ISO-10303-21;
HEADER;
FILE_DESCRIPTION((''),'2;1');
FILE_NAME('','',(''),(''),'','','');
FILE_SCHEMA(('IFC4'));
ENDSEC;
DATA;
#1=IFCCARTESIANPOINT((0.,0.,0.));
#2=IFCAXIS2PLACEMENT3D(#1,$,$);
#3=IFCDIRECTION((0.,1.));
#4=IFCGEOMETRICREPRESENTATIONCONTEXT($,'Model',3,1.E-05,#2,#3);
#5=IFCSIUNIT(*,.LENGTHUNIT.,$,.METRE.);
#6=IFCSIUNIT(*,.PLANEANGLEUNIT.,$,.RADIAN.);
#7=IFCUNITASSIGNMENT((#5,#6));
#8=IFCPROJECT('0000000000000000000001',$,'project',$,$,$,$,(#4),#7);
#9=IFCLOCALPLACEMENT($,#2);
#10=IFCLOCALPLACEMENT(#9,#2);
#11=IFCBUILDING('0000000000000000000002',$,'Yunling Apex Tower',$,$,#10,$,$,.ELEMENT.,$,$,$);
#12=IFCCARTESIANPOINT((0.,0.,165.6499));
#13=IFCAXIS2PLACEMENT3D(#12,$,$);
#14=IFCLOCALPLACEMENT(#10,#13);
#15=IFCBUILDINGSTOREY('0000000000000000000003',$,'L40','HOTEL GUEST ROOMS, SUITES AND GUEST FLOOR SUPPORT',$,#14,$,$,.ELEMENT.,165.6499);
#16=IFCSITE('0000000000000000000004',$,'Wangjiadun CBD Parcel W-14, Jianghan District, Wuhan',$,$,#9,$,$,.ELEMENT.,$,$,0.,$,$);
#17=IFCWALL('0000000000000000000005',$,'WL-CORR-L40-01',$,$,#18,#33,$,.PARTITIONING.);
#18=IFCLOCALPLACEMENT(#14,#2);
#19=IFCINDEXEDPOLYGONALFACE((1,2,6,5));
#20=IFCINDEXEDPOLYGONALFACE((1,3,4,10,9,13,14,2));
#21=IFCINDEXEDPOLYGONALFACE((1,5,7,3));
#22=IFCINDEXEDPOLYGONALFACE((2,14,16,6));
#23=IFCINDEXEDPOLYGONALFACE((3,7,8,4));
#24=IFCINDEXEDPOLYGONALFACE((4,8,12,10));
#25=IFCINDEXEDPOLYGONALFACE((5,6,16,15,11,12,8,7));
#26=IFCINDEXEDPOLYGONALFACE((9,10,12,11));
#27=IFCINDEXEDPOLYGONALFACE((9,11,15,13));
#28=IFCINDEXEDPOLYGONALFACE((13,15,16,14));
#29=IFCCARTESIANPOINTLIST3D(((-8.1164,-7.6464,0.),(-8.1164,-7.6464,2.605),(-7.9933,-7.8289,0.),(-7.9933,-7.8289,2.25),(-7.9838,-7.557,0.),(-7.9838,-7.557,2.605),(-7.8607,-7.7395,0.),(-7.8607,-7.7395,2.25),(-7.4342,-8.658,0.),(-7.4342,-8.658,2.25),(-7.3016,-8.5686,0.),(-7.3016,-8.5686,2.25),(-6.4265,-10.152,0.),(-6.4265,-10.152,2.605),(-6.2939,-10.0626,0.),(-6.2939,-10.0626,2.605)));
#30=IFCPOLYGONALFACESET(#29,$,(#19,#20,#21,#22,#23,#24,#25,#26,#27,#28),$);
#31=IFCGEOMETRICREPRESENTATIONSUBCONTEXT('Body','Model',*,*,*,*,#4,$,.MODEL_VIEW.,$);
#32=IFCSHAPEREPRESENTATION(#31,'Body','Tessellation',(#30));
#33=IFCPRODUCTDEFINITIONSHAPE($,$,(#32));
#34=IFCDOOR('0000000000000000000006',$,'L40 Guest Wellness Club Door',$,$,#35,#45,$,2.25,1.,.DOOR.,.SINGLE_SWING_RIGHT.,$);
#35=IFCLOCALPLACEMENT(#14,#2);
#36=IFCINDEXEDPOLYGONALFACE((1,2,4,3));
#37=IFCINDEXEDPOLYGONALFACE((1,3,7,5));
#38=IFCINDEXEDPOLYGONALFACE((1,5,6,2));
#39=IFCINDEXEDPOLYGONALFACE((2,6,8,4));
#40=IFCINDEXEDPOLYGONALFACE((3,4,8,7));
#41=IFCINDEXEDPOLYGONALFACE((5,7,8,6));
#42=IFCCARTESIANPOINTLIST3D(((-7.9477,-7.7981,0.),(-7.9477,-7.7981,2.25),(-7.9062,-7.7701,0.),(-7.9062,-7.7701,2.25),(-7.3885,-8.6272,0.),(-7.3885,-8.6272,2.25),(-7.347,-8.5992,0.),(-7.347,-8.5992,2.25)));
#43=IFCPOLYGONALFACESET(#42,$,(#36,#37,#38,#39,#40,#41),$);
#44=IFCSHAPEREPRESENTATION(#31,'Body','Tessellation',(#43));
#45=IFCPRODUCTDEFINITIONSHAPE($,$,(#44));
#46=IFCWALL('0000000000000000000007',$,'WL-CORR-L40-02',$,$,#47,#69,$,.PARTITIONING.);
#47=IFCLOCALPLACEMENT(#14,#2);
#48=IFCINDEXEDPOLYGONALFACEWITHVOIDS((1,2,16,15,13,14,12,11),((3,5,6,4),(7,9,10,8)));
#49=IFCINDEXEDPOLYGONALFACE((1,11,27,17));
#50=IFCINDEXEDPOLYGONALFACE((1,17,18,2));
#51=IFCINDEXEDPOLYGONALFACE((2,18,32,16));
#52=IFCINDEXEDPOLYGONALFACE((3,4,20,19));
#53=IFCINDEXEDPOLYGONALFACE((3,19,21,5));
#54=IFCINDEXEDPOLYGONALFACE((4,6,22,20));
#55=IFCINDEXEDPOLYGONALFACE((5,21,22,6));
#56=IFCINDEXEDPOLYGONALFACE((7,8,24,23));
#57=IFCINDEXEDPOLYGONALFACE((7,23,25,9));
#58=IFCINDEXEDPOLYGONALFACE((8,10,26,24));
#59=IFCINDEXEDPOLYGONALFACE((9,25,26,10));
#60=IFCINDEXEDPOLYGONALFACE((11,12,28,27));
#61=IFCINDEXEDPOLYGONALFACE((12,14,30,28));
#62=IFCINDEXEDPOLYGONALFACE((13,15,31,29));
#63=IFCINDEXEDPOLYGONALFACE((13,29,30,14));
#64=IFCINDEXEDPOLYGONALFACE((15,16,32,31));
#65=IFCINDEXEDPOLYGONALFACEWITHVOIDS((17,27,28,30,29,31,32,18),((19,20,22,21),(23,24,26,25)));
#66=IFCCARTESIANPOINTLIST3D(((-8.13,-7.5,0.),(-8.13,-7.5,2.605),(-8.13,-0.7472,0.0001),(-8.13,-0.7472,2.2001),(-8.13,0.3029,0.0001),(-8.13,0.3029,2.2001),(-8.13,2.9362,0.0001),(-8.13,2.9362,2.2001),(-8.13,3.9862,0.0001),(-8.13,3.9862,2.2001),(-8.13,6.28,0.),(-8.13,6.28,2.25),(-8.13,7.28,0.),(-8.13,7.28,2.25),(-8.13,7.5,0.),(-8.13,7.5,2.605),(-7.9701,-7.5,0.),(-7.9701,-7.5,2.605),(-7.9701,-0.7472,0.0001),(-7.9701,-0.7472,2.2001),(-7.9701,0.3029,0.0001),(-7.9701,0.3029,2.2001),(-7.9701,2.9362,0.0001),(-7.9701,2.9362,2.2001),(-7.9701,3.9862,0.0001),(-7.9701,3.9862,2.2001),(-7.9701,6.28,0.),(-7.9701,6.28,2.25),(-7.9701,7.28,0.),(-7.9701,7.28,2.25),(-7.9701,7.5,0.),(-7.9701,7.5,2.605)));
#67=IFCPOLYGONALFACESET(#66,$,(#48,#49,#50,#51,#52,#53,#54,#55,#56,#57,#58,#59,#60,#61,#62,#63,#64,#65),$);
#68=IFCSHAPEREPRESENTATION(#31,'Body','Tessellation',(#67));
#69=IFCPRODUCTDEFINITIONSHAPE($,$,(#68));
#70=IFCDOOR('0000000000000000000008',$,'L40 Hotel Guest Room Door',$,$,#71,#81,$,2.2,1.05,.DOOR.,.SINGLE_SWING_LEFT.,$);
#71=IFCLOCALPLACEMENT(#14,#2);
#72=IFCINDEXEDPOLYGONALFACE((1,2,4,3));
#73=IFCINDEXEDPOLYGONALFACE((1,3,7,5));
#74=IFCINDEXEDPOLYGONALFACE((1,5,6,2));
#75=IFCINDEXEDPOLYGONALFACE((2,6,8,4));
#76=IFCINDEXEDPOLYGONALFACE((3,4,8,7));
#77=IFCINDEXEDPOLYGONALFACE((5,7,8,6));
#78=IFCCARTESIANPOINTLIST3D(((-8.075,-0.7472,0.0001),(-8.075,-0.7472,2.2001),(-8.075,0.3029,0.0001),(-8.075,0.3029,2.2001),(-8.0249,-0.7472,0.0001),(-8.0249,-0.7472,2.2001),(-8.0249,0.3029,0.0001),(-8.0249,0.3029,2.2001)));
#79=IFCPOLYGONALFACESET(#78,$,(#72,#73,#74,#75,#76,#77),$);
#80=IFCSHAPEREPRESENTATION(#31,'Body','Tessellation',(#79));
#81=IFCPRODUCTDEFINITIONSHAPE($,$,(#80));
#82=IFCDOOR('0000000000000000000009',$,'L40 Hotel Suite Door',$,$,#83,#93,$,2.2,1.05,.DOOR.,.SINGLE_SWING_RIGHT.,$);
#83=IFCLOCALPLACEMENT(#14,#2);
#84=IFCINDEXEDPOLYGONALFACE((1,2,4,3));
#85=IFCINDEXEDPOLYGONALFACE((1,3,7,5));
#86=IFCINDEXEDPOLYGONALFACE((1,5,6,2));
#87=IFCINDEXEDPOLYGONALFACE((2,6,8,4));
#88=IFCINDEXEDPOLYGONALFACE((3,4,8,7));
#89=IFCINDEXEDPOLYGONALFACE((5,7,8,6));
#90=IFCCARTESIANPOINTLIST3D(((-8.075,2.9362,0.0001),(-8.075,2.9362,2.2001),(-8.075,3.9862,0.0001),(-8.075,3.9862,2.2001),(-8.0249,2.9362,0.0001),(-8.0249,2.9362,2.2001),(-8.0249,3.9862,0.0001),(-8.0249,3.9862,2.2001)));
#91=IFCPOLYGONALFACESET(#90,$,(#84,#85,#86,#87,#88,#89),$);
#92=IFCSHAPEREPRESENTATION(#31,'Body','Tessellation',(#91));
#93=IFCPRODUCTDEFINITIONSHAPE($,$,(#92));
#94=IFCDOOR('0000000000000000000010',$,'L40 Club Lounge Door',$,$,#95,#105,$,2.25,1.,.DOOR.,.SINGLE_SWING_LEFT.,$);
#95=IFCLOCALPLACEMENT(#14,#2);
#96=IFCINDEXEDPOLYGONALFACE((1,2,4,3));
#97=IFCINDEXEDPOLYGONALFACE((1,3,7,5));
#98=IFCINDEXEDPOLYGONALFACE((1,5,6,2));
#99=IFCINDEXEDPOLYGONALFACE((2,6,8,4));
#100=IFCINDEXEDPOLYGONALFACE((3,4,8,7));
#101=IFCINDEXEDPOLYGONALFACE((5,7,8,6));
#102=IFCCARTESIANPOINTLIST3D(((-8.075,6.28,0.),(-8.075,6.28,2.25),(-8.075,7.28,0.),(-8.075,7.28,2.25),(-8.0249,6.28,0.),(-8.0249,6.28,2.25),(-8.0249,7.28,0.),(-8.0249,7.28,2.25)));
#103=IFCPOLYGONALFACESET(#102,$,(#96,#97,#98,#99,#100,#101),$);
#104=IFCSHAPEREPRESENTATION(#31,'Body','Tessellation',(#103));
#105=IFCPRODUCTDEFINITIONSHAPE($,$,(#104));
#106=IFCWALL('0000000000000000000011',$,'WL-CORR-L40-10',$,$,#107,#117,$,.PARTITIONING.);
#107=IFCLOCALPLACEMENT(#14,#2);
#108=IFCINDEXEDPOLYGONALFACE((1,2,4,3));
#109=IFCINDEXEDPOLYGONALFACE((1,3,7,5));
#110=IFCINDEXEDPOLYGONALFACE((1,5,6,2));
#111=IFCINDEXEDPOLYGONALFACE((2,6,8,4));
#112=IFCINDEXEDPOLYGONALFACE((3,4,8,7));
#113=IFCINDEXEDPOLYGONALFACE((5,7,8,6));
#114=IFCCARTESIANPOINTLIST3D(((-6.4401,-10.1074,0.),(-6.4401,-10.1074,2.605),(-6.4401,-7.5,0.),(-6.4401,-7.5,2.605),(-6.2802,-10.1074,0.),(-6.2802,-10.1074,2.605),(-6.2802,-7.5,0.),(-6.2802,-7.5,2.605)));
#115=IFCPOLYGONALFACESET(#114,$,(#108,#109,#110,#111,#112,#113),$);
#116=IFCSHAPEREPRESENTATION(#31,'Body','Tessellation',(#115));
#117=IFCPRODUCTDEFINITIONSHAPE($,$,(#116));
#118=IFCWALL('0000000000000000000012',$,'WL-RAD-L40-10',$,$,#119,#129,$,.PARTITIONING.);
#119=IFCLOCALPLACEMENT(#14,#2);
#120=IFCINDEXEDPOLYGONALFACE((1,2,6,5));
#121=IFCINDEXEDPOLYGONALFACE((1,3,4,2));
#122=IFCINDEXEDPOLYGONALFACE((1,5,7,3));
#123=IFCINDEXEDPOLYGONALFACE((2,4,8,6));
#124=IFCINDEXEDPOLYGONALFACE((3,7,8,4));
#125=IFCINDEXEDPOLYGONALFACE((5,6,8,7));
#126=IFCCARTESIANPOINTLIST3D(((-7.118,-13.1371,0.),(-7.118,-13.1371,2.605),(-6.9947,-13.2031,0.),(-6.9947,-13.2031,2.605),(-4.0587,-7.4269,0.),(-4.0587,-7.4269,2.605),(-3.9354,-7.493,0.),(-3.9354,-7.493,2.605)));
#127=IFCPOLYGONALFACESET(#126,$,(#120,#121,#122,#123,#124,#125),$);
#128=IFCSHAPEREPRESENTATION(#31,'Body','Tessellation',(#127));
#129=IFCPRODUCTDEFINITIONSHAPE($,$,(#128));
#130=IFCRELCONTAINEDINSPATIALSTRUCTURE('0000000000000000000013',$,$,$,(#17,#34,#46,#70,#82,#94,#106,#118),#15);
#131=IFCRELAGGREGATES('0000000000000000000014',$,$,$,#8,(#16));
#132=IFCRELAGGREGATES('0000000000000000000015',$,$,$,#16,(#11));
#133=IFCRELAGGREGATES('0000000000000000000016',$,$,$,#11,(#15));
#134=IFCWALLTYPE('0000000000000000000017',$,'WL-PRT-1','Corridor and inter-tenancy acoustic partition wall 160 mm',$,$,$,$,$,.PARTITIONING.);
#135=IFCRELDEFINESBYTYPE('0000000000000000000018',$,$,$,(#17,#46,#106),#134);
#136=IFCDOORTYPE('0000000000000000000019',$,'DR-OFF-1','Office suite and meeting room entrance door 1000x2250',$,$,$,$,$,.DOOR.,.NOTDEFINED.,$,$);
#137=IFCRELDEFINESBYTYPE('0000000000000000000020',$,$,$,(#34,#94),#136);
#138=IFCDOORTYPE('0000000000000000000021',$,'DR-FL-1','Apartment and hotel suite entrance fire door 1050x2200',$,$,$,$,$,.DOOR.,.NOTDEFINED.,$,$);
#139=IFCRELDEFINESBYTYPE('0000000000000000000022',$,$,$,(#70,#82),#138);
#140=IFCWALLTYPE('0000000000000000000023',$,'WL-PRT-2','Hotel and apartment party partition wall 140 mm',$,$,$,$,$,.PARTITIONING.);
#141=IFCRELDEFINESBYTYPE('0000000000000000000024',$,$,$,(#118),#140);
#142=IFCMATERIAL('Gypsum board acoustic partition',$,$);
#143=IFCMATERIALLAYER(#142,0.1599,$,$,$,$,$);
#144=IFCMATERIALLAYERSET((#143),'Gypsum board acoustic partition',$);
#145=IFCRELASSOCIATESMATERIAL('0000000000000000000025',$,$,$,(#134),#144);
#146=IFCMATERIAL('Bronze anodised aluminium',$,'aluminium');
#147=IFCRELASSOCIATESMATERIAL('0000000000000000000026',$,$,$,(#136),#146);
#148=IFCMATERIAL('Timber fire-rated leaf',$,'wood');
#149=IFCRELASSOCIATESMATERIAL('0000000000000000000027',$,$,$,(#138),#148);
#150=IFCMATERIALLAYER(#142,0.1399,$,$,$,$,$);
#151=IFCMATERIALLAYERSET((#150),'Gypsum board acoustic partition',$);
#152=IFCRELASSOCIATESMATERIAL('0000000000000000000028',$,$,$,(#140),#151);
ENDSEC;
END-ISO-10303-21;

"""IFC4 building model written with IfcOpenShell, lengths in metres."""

from ifc_helpers import new_model, si_unit, direction, frame, frame_2d, origin, place, context, subcontext, project, spatial, rectangle, extrude, material, layer, layer_set, type_object, element, fill, save


model = new_model("IFC4")

# Units and contexts
model_context = context("Model", 3, precision=1e-05, world=origin(), true_north=direction((0.0, 1.0)))
body_context = subcontext(model_context, "Body", "Model", "MODEL_VIEW")
ifc_project = project(units=[si_unit("LENGTHUNIT", "METRE"), si_unit("PLANEANGLEUNIT", "RADIAN")], contexts=[model_context])

# Site, building, storey
site_placement = place(None, origin())
site = spatial("IfcSite", under=ifc_project, at=site_placement, Name="Wangjiadun CBD Parcel W-14, Jianghan District, Wuhan", CompositionType="ELEMENT", RefElevation=0.0)
building_placement = place(site_placement, origin())
building = spatial("IfcBuilding", under=site, at=building_placement, Name="Yunling Apex Tower", CompositionType="ELEMENT")
storey_placement = place(building_placement, frame((0.0, 0.0, 165.6499)))
storey = spatial("IfcBuildingStorey", under=building, at=storey_placement, Name="L40", Description="HOTEL GUEST ROOMS, SUITES AND GUEST FLOOR SUPPORT", CompositionType="ELEMENT", Elevation=165.6499)

# Shared definitions
ifc_material_1 = material(Name="Bronze anodised aluminium", Category="aluminium")

# Wall, opening, door
ifc_material_2 = material(Name="Gypsum board acoustic partition")
ifc_layer_1 = layer(ifc_material_2, 0.1599)
ifc_layer_set_1 = layer_set([ifc_layer_1], Name="Gypsum board acoustic partition")
wall_type_1 = type_object("IfcWallType", Name="WL-PRT-1", Description="Corridor and inter-tenancy acoustic partition wall 160 mm", PredefinedType="PARTITIONING", material=ifc_layer_set_1)
wall_1_placement = place(storey_placement, frame((-6.3601, -10.1074, 0.0), z_axis=(0.0, 0.0, 1.0), x_axis=(-0.559166, 0.829056, 0.0)))
wall_1 = element("IfcWall", 1, at=wall_1_placement, inside=storey, type_object=wall_type_1, Name="WL-CORR-L40-01", PredefinedType="PARTITIONING", context=body_context, shape_type="SweptSolid", body=[
    extrude(rectangle(XDim=3.0222, YDim=0.1599, at=frame_2d((1.5112, 0.0))), origin(), (0.0, 0.0, 1.0), 2.605),
])
opening_1_placement = place(wall_1_placement, frame((1.8022, 0.0, 0.0)))
opening_1 = element("IfcOpeningElement", 2, at=opening_1_placement, cuts=wall_1, PredefinedType="OPENING", context=body_context, shape_type="SweptSolid", body=[
    extrude(rectangle(XDim=1.0, YDim=2.25, at=frame_2d((0.5, 1.125))), frame((0.0, 0.0898, 0.0), z_axis=(0.0, -1.0, 0.0), x_axis=(1.0, 0.0, 0.0)), (0.0, 0.0, 1.0), 0.1799),
])
door_type_1 = type_object("IfcDoorType", Name="DR-OFF-1", Description="Office suite and meeting room entrance door 1000x2250", OperationType="NOTDEFINED", PredefinedType="DOOR", material=ifc_material_1)
door_1_placement = place(opening_1_placement, origin())
door_1 = element("IfcDoor", 3, at=door_1_placement, inside=storey, type_object=door_type_1, Name="L40 Guest Wellness Club Door", OperationType="SINGLE_SWING_RIGHT", OverallHeight=2.25, OverallWidth=1.0, PredefinedType="DOOR", context=body_context, shape_type="SweptSolid", body=[
    extrude(rectangle(XDim=1.0, YDim=2.25, at=frame_2d((0.5, 1.125))), frame((0.0, 0.0249, 0.0), z_axis=(0.0, -1.0, 0.0), x_axis=(1.0, 0.0, 0.0)), (0.0, 0.0, 1.0), 0.05),
])
fill(opening_1, door_1)

# Wall, openings, doors
wall_2_placement = place(storey_placement, frame((-8.05, -7.5, 0.0), z_axis=(0.0, 0.0, 1.0), x_axis=(0.0, 1.0, 0.0)))
wall_2 = element("IfcWall", 4, at=wall_2_placement, inside=storey, type_object=wall_type_1, Name="WL-CORR-L40-02", PredefinedType="PARTITIONING", context=body_context, shape_type="SweptSolid", body=[
    extrude(rectangle(XDim=15.0, YDim=0.1599, at=frame_2d((7.5, 0.0))), origin(), (0.0, 0.0, 1.0), 2.605),
])
opening_2_placement = place(wall_2_placement, frame((6.7529, 0.0, 0.0)))
opening_2 = element("IfcOpeningElement", 5, at=opening_2_placement, cuts=wall_2, PredefinedType="OPENING", context=body_context, shape_type="SweptSolid", body=[
    extrude(rectangle(XDim=1.05, YDim=2.2, at=frame_2d((0.5249, 1.1001))), frame((0.0, 0.0898, 0.0), z_axis=(0.0, -1.0, 0.0), x_axis=(1.0, 0.0, 0.0)), (0.0, 0.0, 1.0), 0.1799),
])
opening_3_placement = place(wall_2_placement, frame((10.4363, 0.0, 0.0)))
opening_3 = element("IfcOpeningElement", 6, at=opening_3_placement, cuts=wall_2, PredefinedType="OPENING", context=body_context, shape_type="SweptSolid", body=[
    extrude(rectangle(XDim=1.05, YDim=2.2, at=frame_2d((0.5249, 1.1001))), frame((0.0, 0.0898, 0.0), z_axis=(0.0, -1.0, 0.0), x_axis=(1.0, 0.0, 0.0)), (0.0, 0.0, 1.0), 0.1799),
])
opening_4_placement = place(wall_2_placement, frame((13.78, 0.0, 0.0)))
opening_4 = element("IfcOpeningElement", 7, at=opening_4_placement, cuts=wall_2, PredefinedType="OPENING", context=body_context, shape_type="SweptSolid", body=[
    extrude(rectangle(XDim=1.0, YDim=2.25, at=frame_2d((0.5, 1.125))), frame((0.0, 0.0898, 0.0), z_axis=(0.0, -1.0, 0.0), x_axis=(1.0, 0.0, 0.0)), (0.0, 0.0, 1.0), 0.1799),
])
ifc_material_3 = material(Name="Timber fire-rated leaf", Category="wood")
door_type_2 = type_object("IfcDoorType", Name="DR-FL-1", Description="Apartment and hotel suite entrance fire door 1050x2200", OperationType="NOTDEFINED", PredefinedType="DOOR", material=ifc_material_3)
door_2_placement = place(opening_2_placement, origin())
door_2 = element("IfcDoor", 8, at=door_2_placement, inside=storey, type_object=door_type_2, Name="L40 Hotel Guest Room Door", OperationType="SINGLE_SWING_LEFT", OverallHeight=2.2, OverallWidth=1.05, PredefinedType="DOOR", context=body_context, shape_type="SweptSolid", body=[
    extrude(rectangle(XDim=1.05, YDim=2.2, at=frame_2d((0.5249, 1.1001))), frame((0.0, 0.0249, 0.0), z_axis=(0.0, -1.0, 0.0), x_axis=(1.0, 0.0, 0.0)), (0.0, 0.0, 1.0), 0.05),
])
fill(opening_2, door_2)
door_3_placement = place(opening_3_placement, origin())
door_3 = element("IfcDoor", 9, at=door_3_placement, inside=storey, type_object=door_type_2, Name="L40 Hotel Suite Door", OperationType="SINGLE_SWING_RIGHT", OverallHeight=2.2, OverallWidth=1.05, PredefinedType="DOOR", context=body_context, shape_type="SweptSolid", body=[
    extrude(rectangle(XDim=1.05, YDim=2.2, at=frame_2d((0.5249, 1.1001))), frame((0.0, 0.0249, 0.0), z_axis=(0.0, -1.0, 0.0), x_axis=(1.0, 0.0, 0.0)), (0.0, 0.0, 1.0), 0.05),
])
fill(opening_3, door_3)
door_4_placement = place(opening_4_placement, origin())
door_4 = element("IfcDoor", 10, at=door_4_placement, inside=storey, type_object=door_type_1, Name="L40 Club Lounge Door", OperationType="SINGLE_SWING_LEFT", OverallHeight=2.25, OverallWidth=1.0, PredefinedType="DOOR", context=body_context, shape_type="SweptSolid", body=[
    extrude(rectangle(XDim=1.0, YDim=2.25, at=frame_2d((0.5, 1.125))), frame((0.0, 0.0249, 0.0), z_axis=(0.0, -1.0, 0.0), x_axis=(1.0, 0.0, 0.0)), (0.0, 0.0, 1.0), 0.05),
])
fill(opening_4, door_4)

# Walls
wall_3_placement = place(storey_placement, frame((-6.3601, -7.5, 0.0), z_axis=(0.0, 0.0, 1.0), x_axis=(0.0, -1.0, 0.0)))
element("IfcWall", 11, at=wall_3_placement, inside=storey, type_object=wall_type_1, Name="WL-CORR-L40-10", PredefinedType="PARTITIONING", context=body_context, shape_type="SweptSolid", body=[
    extrude(rectangle(XDim=2.6074, YDim=0.1599, at=frame_2d((1.3037, 0.0))), origin(), (0.0, 0.0, 1.0), 2.605),
])
ifc_layer_2 = layer(ifc_material_2, 0.1399)
ifc_layer_set_2 = layer_set([ifc_layer_2], Name="Gypsum board acoustic partition")
wall_type_2 = type_object("IfcWallType", Name="WL-PRT-2", Description="Hotel and apartment party partition wall 140 mm", PredefinedType="PARTITIONING", material=ifc_layer_set_2)
wall_4_placement = place(storey_placement, frame((-3.9971, -7.46, 0.0), z_axis=(0.0, 0.0, 1.0), x_axis=(-0.472256, -0.881461, 0.0)))
element("IfcWall", 12, at=wall_4_placement, inside=storey, type_object=wall_type_2, Name="WL-RAD-L40-10", PredefinedType="PARTITIONING", context=body_context, shape_type="SweptSolid", body=[
    extrude(rectangle(XDim=6.478, YDim=0.1399, at=frame_2d((3.239, 0.0))), origin(), (0.0, 0.0, 1.0), 2.605),
])

save(model, "model.ifc")
